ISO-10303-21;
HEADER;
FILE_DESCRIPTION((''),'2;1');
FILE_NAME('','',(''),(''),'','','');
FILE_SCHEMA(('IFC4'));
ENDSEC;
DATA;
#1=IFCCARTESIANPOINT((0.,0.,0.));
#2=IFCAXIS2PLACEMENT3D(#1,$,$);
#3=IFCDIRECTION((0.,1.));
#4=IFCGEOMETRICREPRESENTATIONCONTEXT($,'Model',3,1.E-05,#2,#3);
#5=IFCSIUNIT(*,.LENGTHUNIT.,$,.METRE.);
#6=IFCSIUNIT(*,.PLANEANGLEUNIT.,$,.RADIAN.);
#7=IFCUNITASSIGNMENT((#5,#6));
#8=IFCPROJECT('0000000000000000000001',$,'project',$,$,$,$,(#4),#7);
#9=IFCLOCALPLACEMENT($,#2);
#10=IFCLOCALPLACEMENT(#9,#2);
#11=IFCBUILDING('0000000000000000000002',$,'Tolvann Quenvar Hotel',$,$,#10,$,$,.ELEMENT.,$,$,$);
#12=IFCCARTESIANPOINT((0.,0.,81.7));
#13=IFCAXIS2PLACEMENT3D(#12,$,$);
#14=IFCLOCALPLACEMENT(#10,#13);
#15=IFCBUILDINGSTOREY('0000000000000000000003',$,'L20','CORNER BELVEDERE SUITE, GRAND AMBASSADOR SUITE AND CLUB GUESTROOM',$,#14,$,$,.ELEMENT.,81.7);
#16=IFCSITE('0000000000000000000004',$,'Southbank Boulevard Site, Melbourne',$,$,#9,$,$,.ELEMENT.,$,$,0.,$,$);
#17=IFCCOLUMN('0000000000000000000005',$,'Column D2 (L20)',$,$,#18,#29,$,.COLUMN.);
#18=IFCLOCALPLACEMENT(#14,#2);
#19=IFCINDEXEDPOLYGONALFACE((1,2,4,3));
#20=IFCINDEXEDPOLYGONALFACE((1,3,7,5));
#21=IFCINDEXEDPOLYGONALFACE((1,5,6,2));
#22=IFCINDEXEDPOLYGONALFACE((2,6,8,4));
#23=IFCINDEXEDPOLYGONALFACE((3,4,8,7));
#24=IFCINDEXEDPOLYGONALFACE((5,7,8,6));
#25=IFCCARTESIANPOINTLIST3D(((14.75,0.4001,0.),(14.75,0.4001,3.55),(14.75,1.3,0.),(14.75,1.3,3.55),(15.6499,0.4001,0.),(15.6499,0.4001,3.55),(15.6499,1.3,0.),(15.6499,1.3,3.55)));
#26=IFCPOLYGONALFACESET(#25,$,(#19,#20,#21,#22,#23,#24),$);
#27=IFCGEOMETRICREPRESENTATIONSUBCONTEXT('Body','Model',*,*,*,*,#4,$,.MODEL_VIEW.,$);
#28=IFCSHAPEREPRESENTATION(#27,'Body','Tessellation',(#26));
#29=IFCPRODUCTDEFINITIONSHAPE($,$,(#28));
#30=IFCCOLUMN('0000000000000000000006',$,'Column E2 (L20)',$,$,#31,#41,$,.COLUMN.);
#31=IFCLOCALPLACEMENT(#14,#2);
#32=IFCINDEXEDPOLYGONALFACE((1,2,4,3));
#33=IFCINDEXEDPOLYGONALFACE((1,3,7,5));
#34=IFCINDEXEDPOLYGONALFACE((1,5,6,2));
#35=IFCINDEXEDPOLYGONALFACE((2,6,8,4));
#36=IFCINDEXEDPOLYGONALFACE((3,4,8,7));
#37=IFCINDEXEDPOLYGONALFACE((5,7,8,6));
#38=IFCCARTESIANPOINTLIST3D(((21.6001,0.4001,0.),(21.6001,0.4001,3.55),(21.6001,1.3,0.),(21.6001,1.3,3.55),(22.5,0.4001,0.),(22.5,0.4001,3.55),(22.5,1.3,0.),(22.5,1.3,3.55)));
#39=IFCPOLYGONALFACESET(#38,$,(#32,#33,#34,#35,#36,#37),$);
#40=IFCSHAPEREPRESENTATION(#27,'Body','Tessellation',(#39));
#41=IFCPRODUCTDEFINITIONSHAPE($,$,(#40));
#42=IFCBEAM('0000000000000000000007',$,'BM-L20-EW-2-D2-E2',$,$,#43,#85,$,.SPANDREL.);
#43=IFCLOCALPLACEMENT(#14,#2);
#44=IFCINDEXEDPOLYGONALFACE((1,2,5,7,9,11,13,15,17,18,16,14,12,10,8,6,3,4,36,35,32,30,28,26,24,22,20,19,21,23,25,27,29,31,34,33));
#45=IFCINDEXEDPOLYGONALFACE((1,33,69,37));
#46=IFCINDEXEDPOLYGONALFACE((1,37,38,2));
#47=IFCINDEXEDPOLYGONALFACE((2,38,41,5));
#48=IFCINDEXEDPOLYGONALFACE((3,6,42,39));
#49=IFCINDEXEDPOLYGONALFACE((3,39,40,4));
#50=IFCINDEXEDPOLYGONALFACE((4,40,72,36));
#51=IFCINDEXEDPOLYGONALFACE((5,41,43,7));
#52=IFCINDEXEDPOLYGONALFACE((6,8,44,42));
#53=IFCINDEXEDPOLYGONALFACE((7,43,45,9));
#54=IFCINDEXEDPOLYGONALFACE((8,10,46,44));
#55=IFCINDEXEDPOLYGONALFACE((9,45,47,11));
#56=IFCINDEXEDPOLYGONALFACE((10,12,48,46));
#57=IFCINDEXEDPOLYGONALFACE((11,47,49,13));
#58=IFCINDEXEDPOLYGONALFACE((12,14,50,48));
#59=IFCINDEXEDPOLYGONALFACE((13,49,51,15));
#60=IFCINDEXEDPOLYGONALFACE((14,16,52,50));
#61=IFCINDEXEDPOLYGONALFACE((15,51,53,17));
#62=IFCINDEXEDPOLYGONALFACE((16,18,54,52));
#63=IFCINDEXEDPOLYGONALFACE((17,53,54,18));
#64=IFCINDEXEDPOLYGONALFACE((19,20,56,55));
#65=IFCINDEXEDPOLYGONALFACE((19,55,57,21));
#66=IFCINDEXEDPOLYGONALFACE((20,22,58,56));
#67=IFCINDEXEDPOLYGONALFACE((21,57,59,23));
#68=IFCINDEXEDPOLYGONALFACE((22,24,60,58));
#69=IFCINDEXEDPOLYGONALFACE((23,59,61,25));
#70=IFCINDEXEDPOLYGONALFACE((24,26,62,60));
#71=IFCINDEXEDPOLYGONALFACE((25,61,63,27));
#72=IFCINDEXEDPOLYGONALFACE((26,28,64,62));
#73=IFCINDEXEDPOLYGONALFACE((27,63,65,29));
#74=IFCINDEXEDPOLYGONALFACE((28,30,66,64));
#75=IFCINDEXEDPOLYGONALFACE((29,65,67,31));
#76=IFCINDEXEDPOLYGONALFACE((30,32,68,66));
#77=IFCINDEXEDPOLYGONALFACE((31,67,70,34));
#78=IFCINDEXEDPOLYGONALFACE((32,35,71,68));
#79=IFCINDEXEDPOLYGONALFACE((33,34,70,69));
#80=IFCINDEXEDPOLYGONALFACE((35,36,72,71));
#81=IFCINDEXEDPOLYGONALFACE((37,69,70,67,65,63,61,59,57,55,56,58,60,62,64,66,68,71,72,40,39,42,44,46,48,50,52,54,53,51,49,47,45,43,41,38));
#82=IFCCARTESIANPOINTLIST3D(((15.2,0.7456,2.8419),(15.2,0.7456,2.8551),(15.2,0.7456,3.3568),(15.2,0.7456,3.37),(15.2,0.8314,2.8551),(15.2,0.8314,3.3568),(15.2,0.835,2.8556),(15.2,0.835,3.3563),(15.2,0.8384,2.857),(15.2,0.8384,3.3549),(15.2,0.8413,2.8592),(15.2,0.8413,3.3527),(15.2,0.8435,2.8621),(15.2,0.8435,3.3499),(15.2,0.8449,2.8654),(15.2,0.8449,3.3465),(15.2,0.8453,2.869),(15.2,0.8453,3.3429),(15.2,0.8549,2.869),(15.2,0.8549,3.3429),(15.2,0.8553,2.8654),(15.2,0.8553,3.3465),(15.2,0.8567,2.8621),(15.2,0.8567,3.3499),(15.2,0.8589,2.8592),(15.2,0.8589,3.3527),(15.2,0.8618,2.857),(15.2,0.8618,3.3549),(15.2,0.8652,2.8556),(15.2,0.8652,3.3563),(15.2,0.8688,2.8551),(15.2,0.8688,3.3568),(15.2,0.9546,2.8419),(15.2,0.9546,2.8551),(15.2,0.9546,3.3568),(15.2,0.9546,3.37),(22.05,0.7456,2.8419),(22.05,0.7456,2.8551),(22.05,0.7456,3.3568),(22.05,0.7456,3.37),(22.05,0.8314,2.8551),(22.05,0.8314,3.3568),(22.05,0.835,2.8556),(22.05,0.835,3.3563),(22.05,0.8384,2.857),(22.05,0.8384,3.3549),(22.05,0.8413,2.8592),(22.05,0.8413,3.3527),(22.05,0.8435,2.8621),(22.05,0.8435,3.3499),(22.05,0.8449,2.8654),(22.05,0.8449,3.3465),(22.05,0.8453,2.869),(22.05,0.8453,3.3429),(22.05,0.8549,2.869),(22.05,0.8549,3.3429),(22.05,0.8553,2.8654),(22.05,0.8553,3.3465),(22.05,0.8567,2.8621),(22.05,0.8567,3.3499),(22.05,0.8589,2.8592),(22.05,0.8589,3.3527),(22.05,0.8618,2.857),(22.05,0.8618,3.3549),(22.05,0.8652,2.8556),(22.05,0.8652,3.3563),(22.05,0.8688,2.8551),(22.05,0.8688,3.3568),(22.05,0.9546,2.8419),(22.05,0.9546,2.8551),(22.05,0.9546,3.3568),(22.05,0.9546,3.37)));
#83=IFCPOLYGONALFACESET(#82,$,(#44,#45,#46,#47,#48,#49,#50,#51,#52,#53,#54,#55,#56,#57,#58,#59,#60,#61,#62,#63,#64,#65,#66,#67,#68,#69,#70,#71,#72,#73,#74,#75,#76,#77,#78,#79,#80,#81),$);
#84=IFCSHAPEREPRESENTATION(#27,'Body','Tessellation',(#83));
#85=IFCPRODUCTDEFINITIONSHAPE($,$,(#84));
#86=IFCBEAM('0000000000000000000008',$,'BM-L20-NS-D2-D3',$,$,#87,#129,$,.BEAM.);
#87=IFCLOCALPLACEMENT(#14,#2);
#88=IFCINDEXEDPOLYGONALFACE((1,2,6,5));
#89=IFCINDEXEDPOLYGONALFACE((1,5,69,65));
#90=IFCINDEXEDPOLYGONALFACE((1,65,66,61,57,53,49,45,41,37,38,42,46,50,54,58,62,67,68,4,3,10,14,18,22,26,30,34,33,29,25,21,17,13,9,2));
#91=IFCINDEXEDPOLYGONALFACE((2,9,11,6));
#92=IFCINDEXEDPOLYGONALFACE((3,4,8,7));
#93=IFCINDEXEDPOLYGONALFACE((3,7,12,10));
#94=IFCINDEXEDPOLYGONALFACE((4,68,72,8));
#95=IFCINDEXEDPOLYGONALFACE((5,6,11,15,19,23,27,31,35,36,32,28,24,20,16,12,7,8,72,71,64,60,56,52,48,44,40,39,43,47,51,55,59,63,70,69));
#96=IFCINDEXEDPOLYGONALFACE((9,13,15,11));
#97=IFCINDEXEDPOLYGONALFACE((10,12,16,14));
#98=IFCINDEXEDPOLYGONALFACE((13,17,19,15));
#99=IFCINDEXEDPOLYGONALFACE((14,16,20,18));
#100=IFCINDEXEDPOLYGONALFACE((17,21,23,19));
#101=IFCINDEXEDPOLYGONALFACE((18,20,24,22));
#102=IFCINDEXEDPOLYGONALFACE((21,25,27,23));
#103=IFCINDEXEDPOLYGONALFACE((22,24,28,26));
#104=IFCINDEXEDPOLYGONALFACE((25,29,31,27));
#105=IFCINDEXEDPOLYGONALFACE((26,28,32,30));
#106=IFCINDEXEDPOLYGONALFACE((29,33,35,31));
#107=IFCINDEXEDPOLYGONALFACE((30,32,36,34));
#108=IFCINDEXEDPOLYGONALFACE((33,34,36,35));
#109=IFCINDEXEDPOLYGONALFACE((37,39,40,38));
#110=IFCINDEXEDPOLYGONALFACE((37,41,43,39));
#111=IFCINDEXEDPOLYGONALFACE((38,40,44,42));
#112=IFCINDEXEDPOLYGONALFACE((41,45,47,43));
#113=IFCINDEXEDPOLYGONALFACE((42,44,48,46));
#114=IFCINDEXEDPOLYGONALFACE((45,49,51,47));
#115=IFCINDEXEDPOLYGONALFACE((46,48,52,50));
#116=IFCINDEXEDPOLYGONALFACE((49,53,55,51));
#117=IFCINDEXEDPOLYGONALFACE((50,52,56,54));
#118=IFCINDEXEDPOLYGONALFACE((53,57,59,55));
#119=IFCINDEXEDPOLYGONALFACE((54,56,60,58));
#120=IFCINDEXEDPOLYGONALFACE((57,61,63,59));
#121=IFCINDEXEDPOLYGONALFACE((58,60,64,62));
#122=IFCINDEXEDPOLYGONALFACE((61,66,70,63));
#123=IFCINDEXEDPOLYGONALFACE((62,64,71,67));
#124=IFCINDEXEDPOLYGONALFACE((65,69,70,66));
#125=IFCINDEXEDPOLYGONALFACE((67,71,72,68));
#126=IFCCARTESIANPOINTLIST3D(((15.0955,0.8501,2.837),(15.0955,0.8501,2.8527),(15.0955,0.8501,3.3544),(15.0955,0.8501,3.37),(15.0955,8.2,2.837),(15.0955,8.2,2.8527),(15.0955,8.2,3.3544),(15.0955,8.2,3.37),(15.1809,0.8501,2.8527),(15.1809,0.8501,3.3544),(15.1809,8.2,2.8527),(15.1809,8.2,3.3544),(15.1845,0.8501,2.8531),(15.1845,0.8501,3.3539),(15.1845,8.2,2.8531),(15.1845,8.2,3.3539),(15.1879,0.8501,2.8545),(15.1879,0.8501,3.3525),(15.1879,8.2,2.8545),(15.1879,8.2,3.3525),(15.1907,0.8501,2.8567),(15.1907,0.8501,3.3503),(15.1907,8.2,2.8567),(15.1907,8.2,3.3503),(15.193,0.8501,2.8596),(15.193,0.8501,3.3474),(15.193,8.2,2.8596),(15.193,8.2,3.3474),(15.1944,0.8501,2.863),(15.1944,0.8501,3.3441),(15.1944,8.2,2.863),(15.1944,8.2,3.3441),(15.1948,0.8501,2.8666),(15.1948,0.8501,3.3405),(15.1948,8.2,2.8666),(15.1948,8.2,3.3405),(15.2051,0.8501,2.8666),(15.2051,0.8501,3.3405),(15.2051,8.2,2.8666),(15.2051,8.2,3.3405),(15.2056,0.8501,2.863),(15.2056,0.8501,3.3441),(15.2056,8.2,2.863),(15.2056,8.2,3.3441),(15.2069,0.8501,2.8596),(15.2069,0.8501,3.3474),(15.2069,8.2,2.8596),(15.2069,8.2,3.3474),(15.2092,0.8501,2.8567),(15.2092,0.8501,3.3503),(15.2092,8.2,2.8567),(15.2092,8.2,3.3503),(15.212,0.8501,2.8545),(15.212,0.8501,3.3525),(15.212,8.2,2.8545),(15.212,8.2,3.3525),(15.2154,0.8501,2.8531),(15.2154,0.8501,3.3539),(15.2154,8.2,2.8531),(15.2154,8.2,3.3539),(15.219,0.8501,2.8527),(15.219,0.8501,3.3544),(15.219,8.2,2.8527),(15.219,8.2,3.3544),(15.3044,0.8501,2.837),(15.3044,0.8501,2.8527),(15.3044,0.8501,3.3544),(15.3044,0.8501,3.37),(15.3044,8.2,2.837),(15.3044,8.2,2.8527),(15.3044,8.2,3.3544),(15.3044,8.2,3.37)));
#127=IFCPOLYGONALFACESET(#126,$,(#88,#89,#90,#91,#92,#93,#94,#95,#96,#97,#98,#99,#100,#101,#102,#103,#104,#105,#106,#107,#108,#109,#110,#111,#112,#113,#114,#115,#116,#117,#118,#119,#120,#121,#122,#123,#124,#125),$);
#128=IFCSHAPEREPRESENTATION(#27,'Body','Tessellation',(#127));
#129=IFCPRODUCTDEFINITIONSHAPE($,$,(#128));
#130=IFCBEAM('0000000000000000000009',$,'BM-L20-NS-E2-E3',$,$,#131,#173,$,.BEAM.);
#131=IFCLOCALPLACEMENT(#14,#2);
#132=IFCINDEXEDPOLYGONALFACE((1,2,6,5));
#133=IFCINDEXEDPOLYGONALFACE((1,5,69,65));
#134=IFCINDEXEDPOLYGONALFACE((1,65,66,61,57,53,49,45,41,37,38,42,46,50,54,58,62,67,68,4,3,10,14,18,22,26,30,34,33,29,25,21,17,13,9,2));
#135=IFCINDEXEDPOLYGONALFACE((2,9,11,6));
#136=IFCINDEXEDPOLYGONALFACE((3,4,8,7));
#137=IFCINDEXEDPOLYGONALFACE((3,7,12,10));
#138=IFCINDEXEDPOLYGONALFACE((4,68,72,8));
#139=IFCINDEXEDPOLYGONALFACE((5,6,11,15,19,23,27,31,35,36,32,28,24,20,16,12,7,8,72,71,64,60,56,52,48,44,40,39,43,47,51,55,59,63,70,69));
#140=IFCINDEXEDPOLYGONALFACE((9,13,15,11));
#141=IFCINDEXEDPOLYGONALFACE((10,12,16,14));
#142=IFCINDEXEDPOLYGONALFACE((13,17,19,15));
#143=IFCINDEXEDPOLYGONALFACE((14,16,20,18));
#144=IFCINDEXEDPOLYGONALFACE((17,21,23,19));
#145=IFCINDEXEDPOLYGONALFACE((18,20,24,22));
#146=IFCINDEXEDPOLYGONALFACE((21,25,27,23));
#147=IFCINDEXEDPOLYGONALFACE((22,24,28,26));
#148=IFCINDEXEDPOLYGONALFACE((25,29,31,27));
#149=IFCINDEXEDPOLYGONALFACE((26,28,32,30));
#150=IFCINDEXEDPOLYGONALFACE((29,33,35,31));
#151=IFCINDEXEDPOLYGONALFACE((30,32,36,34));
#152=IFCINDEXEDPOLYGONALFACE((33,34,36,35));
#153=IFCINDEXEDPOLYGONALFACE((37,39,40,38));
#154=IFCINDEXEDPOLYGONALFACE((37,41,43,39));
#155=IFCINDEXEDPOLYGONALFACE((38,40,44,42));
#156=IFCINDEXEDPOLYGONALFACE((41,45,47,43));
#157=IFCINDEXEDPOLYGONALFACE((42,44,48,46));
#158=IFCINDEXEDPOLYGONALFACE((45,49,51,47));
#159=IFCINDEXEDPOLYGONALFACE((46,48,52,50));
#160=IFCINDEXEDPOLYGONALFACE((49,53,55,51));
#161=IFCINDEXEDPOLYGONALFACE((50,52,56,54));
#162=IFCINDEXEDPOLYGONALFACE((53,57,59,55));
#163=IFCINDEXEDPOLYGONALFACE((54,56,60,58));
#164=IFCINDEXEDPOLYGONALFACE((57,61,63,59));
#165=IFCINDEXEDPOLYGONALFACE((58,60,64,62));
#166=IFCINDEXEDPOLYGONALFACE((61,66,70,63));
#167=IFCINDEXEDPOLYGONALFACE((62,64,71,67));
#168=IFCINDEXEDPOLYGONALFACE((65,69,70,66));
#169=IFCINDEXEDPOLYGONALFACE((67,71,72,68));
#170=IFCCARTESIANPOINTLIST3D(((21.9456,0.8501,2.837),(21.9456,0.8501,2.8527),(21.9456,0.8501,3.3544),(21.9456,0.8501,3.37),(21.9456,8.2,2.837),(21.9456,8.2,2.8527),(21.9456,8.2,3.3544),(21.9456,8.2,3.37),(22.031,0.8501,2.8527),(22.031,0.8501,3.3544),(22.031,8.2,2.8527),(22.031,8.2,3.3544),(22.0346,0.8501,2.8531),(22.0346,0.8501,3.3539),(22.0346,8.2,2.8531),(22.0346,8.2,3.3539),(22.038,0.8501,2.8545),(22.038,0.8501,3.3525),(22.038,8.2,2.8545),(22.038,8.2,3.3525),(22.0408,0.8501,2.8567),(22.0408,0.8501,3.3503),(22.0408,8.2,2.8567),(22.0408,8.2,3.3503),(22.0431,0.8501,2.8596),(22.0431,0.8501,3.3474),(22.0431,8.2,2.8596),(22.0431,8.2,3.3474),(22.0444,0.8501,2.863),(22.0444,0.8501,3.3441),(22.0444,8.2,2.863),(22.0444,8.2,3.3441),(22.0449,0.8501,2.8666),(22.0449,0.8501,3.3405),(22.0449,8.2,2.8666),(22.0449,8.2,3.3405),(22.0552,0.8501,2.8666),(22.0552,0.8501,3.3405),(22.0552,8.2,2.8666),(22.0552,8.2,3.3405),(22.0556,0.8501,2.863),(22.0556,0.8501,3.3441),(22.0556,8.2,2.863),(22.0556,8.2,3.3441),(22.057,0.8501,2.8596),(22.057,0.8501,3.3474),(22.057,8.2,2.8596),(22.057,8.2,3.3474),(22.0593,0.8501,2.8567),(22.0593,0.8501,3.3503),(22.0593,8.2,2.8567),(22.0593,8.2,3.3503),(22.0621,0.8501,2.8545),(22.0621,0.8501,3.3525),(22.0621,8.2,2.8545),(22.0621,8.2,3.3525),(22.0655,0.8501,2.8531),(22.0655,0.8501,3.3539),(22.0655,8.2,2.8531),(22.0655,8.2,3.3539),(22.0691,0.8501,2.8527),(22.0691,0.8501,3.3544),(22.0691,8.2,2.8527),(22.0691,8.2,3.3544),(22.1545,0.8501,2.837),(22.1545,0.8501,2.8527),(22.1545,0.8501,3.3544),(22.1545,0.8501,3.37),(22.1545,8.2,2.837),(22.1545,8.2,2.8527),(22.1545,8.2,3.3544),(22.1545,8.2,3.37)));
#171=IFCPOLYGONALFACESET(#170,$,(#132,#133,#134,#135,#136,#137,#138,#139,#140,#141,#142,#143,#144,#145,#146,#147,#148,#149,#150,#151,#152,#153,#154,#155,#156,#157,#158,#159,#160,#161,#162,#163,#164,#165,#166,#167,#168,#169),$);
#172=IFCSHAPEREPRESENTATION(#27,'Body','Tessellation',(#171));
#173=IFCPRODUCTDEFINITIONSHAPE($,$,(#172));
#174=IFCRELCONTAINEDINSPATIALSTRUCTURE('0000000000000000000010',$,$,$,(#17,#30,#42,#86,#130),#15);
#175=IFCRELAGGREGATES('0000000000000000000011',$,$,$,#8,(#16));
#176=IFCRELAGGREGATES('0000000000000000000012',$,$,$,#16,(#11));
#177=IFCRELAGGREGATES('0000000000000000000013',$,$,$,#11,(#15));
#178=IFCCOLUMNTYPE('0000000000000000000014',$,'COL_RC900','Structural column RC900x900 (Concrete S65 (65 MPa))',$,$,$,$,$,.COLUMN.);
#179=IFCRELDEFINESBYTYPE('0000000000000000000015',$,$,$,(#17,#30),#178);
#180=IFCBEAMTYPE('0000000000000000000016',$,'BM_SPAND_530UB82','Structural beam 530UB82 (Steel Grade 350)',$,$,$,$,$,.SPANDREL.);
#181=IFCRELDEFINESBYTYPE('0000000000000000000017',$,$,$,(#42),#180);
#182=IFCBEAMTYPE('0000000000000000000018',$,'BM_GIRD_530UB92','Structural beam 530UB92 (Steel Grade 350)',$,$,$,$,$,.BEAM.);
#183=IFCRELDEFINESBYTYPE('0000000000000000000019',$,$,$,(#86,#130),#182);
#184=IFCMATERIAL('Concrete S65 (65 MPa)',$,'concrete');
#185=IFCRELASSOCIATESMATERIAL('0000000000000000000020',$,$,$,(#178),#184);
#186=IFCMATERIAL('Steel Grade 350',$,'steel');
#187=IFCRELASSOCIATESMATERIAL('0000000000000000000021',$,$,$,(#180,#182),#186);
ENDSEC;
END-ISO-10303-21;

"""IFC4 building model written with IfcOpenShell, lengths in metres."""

from ifc_helpers import new_model, si_unit, direction, frame, origin, origin_2d, place, context, subcontext, project, spatial, rectangle, i_section, extrude, source, transform, mapped, material, material_profile, profile_set, type_object, type_shapes, element, save


model = new_model("IFC4")

# Units and contexts
model_context = context("Model", 3, precision=1e-05, world=origin(), true_north=direction((0.0, 1.0)))
body_context = subcontext(model_context, "Body", "Model", "MODEL_VIEW")
ifc_project = project(units=[si_unit("LENGTHUNIT", "METRE"), si_unit("PLANEANGLEUNIT", "RADIAN")], contexts=[model_context])

# Site, building, storey
site_placement = place(None, origin())
site = spatial("IfcSite", under=ifc_project, at=site_placement, Name="Southbank Boulevard Site, Melbourne", CompositionType="ELEMENT", RefElevation=0.0)
building_placement = place(site_placement, origin())
building = spatial("IfcBuilding", under=site, at=building_placement, Name="Tolvann Quenvar Hotel", CompositionType="ELEMENT")
storey_placement = place(building_placement, frame((0.0, 0.0, 81.7)))
storey = spatial("IfcBuildingStorey", under=building, at=storey_placement, Name="L20", Description="CORNER BELVEDERE SUITE, GRAND AMBASSADOR SUITE AND CLUB GUESTROOM", CompositionType="ELEMENT", Elevation=81.7)

# Columns
ifc_material_1 = material(Name="Concrete S65 (65 MPa)", Category="concrete")
ifc_material_profile_1 = material_profile(ifc_material_1, rectangle(XDim=0.8999, YDim=0.8999, at=origin_2d()), Name="RC900x900")
ifc_profile_set_1 = profile_set([ifc_material_profile_1], Name="Concrete S65 (65 MPa)")
column_type = type_object("IfcColumnType", Name="COL_RC900", Description="Structural column RC900x900 (Concrete S65 (65 MPa))", PredefinedType="COLUMN", material=ifc_profile_set_1)
shared_shape_1 = source(origin(), body_context, "Body", "SweptSolid", [
    extrude(rectangle(XDim=0.8999, YDim=0.8999, at=origin_2d()), origin(), (0.0, 0.0, 1.0), 3.55),
])
type_shapes(column_type, [shared_shape_1])
for number, where, z_axis, x_axis, name in (
    (1, (15.2, 0.8501, 0.0), (0.0, 0.0, 1.0), (1.0, 0.0, 0.0), "Column D2 (L20)"),
    (2, (22.05, 0.8501, 0.0), (0.0, 0.0, 1.0), (1.0, 0.0, 0.0), "Column E2 (L20)"),
):
    element("IfcColumn", number, at=place(storey_placement, frame(where, z_axis=z_axis, x_axis=x_axis)), inside=storey, type_object=column_type, Name=name, PredefinedType="COLUMN", context=body_context, shape_type="MappedRepresentation", body=[
        mapped(shared_shape_1, transform((0.0, 0.0, 0.0), x_axis=(1.0, 0.0, 0.0), y_axis=(0.0, 1.0, 0.0), z_axis=(0.0, 0.0, 1.0), scale=1.0)),
    ])

# Beams
ifc_material_2 = material(Name="Steel Grade 350", Category="steel")
ifc_material_profile_2 = material_profile(ifc_material_2, i_section(OverallWidth=0.209, OverallDepth=0.5281, WebThickness=0.0095, FlangeThickness=0.0132, FilletRadius=0.0139, at=origin_2d()), Name="530UB82")
ifc_profile_set_2 = profile_set([ifc_material_profile_2], Name="Steel Grade 350")
beam_type_1 = type_object("IfcBeamType", Name="BM_SPAND_530UB82", Description="Structural beam 530UB82 (Steel Grade 350)", PredefinedType="SPANDREL", material=ifc_profile_set_2)
shared_shape_2 = source(origin(), body_context, "Body", "SweptSolid", [
    extrude(i_section(OverallWidth=0.209, OverallDepth=0.5281, WebThickness=0.0095, FlangeThickness=0.0132, FilletRadius=0.0139, at=origin_2d()), origin(), (0.0, 0.0, 1.0), 6.8501),
])
type_shapes(beam_type_1, [shared_shape_2])
beam_placement = place(storey_placement, frame((15.2, 0.8501, 3.106), z_axis=(1.0, 0.0, 0.0), x_axis=(0.0, 1.0, 0.0)))
element("IfcBeam", 3, at=beam_placement, inside=storey, type_object=beam_type_1, Name="BM-L20-EW-2-D2-E2", PredefinedType="SPANDREL", context=body_context, shape_type="MappedRepresentation", body=[
    mapped(shared_shape_2, transform((0.0, 0.0, 0.0), x_axis=(1.0, 0.0, 0.0), y_axis=(0.0, 1.0, 0.0), z_axis=(0.0, 0.0, 1.0), scale=1.0)),
])
ifc_material_profile_3 = material_profile(ifc_material_2, i_section(OverallWidth=0.209, OverallDepth=0.533, WebThickness=0.0103, FlangeThickness=0.0156, FilletRadius=0.0139, at=origin_2d()), Name="530UB92")
ifc_profile_set_3 = profile_set([ifc_material_profile_3], Name="Steel Grade 350")
beam_type_2 = type_object("IfcBeamType", Name="BM_GIRD_530UB92", Description="Structural beam 530UB92 (Steel Grade 350)", PredefinedType="BEAM", material=ifc_profile_set_3)
shared_shape_3 = source(origin(), body_context, "Body", "SweptSolid", [
    extrude(i_section(OverallWidth=0.209, OverallDepth=0.533, WebThickness=0.0103, FlangeThickness=0.0156, FilletRadius=0.0139, at=origin_2d()), origin(), (0.0, 0.0, 1.0), 7.3499),
])
type_shapes(beam_type_2, [shared_shape_3])
for number, where, z_axis, x_axis, name in (
    (4, (15.2, 0.8501, 3.1035), (0.0, 1.0, 0.0), (-1.0, 0.0, 0.0), "BM-L20-NS-D2-D3"),
    (5, (22.05, 0.8501, 3.1035), (0.0, 1.0, 0.0), (-1.0, 0.0, 0.0), "BM-L20-NS-E2-E3"),
):
    element("IfcBeam", number, at=place(storey_placement, frame(where, z_axis=z_axis, x_axis=x_axis)), inside=storey, type_object=beam_type_2, Name=name, PredefinedType="BEAM", context=body_context, shape_type="MappedRepresentation", body=[
        mapped(shared_shape_3, transform((0.0, 0.0, 0.0), x_axis=(1.0, 0.0, 0.0), y_axis=(0.0, 1.0, 0.0), z_axis=(0.0, 0.0, 1.0), scale=1.0)),
    ])

save(model, "model.ifc")
